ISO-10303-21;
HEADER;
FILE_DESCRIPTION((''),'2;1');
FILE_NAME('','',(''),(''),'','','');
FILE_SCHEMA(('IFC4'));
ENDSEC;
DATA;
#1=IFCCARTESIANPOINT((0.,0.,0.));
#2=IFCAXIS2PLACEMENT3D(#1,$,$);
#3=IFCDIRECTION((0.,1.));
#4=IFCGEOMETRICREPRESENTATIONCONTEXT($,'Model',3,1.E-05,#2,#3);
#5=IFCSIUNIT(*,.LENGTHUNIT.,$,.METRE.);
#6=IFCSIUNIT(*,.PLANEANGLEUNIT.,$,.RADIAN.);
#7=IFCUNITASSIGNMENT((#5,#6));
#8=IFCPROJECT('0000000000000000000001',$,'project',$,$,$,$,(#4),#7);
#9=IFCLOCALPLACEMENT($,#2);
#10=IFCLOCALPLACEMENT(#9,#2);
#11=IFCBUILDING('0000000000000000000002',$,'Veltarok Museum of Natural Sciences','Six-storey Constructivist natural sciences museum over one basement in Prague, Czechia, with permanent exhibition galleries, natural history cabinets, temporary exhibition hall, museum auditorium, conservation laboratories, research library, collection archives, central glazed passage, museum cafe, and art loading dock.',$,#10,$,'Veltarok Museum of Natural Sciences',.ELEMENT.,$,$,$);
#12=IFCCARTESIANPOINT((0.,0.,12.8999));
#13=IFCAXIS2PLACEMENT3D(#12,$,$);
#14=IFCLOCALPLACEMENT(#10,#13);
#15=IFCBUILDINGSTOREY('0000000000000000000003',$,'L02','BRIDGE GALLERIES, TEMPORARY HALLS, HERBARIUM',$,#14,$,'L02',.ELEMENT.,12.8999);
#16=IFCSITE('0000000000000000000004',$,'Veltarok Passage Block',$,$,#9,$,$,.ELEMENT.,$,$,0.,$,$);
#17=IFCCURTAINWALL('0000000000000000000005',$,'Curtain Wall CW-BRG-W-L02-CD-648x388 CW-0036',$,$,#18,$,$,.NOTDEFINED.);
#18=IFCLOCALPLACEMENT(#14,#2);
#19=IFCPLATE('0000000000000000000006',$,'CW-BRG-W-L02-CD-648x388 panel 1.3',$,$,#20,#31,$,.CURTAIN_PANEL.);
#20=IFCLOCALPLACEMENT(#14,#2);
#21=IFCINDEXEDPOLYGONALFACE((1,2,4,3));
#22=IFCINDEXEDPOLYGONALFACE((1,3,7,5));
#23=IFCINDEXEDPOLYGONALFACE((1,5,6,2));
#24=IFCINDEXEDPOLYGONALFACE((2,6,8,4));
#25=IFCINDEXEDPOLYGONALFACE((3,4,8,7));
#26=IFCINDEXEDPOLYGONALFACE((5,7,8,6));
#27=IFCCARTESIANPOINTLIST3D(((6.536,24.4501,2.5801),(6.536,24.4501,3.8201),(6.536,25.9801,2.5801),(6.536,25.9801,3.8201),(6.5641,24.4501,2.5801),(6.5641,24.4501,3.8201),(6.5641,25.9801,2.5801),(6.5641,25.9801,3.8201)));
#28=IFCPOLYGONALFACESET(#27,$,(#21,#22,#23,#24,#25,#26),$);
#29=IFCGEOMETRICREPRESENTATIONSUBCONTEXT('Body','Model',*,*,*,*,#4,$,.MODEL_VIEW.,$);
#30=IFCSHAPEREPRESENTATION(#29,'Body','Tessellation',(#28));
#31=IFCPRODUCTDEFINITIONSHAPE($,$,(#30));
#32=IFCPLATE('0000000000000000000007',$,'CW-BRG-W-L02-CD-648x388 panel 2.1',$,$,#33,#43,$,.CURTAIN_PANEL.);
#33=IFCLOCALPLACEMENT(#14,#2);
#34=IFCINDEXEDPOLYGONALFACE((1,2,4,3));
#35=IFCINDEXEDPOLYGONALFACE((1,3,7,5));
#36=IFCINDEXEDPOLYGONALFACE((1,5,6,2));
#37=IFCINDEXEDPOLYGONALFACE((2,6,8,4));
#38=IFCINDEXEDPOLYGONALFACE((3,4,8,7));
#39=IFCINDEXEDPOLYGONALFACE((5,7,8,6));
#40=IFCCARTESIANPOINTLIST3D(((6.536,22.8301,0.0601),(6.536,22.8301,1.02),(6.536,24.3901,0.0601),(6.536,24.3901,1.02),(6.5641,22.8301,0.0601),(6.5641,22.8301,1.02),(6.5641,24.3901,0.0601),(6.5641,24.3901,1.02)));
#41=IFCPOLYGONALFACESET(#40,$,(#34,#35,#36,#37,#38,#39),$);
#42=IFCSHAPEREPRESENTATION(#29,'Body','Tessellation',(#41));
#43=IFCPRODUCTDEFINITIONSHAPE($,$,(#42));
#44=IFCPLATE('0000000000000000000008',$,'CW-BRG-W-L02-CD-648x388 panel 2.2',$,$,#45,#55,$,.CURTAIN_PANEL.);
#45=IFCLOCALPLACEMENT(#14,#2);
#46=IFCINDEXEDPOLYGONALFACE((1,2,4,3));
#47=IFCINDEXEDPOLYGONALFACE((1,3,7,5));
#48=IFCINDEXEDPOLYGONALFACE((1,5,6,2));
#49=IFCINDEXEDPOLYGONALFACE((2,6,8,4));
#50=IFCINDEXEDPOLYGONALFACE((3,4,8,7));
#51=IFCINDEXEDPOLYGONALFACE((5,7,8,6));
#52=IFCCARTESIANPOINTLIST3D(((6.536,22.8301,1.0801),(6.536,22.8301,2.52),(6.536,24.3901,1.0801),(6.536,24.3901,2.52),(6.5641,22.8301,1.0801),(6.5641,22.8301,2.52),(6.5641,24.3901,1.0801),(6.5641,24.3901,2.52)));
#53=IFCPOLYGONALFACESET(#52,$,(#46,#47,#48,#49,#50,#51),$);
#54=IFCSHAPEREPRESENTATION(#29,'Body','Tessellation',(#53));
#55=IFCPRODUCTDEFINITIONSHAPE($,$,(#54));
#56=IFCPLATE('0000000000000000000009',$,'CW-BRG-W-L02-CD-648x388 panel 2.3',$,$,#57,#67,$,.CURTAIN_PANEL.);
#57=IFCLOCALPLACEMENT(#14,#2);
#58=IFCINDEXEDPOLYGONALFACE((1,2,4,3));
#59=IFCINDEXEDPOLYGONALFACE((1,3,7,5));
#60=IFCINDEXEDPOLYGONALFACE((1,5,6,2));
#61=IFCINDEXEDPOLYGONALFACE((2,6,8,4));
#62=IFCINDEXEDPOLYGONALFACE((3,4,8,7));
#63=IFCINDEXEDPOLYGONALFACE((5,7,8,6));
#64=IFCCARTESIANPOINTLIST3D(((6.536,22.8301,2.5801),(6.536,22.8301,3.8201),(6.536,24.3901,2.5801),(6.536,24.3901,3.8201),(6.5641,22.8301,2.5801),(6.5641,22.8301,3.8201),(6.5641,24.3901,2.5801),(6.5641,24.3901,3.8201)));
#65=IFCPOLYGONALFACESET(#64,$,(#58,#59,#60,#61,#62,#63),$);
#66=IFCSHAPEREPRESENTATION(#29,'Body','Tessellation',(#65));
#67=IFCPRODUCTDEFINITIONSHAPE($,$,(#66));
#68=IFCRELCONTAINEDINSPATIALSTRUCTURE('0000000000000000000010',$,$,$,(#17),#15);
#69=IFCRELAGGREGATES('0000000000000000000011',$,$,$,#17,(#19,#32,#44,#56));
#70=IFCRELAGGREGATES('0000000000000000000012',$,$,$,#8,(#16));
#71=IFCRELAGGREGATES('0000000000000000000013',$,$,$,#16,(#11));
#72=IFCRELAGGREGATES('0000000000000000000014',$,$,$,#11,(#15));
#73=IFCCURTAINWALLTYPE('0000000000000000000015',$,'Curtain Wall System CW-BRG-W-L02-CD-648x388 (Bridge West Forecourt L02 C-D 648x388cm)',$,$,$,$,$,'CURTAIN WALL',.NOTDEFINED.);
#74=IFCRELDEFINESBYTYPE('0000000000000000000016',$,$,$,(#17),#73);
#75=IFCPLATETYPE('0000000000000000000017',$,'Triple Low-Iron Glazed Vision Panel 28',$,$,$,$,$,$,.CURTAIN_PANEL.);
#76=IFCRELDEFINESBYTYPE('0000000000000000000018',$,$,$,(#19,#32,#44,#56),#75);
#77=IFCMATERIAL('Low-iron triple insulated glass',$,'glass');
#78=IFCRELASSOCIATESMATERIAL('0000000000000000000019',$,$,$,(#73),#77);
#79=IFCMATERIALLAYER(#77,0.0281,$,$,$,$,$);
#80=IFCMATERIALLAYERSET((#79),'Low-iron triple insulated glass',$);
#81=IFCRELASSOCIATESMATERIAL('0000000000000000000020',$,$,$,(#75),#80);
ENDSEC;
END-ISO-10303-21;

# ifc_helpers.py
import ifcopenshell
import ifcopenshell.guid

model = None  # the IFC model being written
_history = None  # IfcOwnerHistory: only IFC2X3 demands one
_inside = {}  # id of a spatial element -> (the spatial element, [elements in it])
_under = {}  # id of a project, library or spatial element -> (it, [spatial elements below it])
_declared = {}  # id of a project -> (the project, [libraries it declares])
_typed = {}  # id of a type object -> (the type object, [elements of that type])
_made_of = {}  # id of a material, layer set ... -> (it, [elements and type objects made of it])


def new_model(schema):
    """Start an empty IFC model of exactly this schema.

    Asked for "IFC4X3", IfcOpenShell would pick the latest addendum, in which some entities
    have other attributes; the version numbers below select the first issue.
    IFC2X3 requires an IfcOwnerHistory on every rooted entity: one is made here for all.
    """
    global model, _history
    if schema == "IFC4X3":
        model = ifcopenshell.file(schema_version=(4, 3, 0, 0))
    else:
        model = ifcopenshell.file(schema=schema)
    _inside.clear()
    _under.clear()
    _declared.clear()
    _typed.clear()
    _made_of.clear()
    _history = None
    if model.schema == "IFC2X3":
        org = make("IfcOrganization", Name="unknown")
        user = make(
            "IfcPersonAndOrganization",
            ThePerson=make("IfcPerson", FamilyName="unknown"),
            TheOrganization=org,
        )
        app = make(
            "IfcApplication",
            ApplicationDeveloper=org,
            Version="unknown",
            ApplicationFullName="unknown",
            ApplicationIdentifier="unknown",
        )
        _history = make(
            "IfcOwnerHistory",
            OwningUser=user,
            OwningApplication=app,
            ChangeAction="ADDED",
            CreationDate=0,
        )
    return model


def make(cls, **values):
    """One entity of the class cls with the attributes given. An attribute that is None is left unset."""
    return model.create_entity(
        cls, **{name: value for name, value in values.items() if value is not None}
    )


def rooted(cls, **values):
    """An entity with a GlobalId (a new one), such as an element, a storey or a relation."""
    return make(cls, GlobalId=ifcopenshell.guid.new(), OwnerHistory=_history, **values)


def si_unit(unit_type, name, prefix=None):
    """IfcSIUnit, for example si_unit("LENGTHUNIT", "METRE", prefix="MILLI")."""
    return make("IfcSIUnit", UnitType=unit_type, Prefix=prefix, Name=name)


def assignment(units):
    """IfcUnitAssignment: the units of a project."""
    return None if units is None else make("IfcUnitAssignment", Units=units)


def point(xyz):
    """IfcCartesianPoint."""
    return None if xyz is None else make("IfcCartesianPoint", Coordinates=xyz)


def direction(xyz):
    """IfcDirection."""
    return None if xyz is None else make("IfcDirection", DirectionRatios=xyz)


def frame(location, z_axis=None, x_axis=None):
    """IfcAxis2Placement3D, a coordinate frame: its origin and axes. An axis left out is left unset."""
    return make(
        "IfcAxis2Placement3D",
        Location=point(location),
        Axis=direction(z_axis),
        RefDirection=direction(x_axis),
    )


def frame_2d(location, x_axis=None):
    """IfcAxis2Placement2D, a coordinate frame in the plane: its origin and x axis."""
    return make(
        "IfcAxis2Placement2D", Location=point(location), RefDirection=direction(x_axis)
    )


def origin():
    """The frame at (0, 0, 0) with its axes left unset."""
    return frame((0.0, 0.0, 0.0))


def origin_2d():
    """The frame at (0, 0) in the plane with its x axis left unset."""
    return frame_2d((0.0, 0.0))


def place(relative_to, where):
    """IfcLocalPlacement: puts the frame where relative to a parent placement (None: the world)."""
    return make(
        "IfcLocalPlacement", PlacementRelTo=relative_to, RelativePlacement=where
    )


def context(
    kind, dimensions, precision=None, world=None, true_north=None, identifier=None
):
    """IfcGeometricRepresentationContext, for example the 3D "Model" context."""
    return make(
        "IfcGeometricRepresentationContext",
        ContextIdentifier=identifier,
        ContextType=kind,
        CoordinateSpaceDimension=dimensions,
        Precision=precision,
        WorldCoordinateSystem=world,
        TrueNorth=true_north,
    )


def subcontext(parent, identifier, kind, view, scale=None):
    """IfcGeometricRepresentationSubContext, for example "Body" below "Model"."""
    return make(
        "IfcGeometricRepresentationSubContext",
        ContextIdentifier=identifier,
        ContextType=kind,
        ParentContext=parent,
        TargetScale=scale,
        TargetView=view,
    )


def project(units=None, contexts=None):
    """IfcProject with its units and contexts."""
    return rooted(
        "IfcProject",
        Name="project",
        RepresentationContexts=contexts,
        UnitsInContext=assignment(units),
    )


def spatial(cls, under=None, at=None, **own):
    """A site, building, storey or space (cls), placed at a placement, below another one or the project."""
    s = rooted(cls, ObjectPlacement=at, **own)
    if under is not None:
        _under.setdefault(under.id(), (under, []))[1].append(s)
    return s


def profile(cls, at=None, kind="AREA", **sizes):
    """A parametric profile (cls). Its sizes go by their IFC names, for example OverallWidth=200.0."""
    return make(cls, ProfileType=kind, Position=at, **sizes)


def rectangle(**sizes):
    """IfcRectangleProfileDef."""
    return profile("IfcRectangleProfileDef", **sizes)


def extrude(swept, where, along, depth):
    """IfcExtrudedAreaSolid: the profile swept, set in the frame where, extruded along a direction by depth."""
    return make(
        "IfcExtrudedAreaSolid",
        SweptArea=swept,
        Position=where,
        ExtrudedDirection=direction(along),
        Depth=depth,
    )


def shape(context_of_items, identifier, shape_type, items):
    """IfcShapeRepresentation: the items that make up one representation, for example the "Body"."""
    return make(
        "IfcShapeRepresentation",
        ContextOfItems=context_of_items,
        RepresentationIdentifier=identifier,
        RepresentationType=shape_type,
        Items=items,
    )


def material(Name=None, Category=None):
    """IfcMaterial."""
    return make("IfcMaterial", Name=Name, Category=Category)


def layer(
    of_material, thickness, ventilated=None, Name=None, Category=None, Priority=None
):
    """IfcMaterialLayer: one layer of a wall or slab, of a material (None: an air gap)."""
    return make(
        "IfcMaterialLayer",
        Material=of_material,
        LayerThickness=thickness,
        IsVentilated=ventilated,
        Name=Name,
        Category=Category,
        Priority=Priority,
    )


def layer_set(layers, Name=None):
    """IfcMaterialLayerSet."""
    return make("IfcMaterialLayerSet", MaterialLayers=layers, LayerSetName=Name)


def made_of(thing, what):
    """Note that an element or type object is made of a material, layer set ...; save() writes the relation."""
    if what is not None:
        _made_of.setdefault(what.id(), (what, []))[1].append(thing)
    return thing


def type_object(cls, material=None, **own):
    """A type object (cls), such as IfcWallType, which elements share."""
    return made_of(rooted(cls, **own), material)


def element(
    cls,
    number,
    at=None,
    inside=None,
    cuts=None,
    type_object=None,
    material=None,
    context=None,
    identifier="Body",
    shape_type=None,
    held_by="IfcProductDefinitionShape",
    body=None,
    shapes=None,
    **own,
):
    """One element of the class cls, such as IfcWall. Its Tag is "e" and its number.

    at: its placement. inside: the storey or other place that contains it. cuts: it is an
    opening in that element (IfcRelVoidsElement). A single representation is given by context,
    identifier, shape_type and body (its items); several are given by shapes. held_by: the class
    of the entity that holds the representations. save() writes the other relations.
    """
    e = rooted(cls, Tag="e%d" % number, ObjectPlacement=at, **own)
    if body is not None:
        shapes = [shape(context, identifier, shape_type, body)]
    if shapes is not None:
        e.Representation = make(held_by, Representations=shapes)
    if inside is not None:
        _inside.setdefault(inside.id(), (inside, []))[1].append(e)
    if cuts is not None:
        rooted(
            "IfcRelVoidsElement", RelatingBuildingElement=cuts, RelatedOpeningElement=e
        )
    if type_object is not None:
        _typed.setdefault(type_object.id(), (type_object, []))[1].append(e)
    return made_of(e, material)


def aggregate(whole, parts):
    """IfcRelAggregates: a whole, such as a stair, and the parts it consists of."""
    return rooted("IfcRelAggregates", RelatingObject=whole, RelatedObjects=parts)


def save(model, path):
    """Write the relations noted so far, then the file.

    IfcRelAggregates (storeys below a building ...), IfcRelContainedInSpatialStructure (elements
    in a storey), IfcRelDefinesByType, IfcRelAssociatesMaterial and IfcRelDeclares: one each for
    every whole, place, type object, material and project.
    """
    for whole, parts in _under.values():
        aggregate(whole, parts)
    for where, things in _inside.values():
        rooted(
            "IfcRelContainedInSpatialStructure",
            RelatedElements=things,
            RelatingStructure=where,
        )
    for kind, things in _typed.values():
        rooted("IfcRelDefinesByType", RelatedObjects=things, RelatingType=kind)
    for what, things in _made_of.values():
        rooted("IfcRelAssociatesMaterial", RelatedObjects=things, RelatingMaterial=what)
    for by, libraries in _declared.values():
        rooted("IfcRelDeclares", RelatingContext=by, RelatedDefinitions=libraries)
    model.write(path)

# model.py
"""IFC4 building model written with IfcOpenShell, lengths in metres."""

from ifc_helpers import new_model, si_unit, direction, frame, origin, origin_2d, place, context, subcontext, project, spatial, rectangle, extrude, material, layer, layer_set, type_object, element, aggregate, save


model = new_model("IFC4")

# Units and contexts
model_context = context("Model", 3, precision=1e-05, world=origin(), true_north=direction((0.0, 1.0)))
body_context = subcontext(model_context, "Body", "Model", "MODEL_VIEW")
ifc_project = project(units=[si_unit("LENGTHUNIT", "METRE"), si_unit("PLANEANGLEUNIT", "RADIAN")], contexts=[model_context])

# Site, building, storey
site_placement = place(None, origin())
site = spatial("IfcSite", under=ifc_project, at=site_placement, Name="Veltarok Passage Block", CompositionType="ELEMENT", RefElevation=0.0)
building_placement = place(site_placement, origin())
building = spatial("IfcBuilding", under=site, at=building_placement, Name="Veltarok Museum of Natural Sciences", Description="Six-storey Constructivist natural sciences museum over one basement in Prague, Czechia, with permanent exhibition galleries, natural history cabinets, temporary exhibition hall, museum auditorium, conservation laboratories, research library, collection archives, central glazed passage, museum cafe, and art loading dock.", LongName="Veltarok Museum of Natural Sciences", CompositionType="ELEMENT")
storey_placement = place(building_placement, frame((0.0, 0.0, 12.8999)))
storey = spatial("IfcBuildingStorey", under=building, at=storey_placement, Name="L02", Description="BRIDGE GALLERIES, TEMPORARY HALLS, HERBARIUM", LongName="L02", CompositionType="ELEMENT", Elevation=12.8999)

# Curtain wall
ifc_material_1 = material(Name="Low-iron triple insulated glass", Category="glass")
curtain_wall_type_1 = type_object("IfcCurtainWallType", Name="Curtain Wall System CW-BRG-W-L02-CD-648x388 (Bridge West Forecourt L02 C-D 648x388cm)", ElementType="CURTAIN WALL", PredefinedType="NOTDEFINED", material=ifc_material_1)
curtain_wall_1_placement = place(storey_placement, origin())
curtain_wall_1 = element("IfcCurtainWall", 1, at=curtain_wall_1_placement, inside=storey, type_object=curtain_wall_type_1, Name="Curtain Wall CW-BRG-W-L02-CD-648x388 CW-0036", PredefinedType="NOTDEFINED")

# Plates
ifc_layer_1 = layer(ifc_material_1, 0.0281)
ifc_layer_set_1 = layer_set([ifc_layer_1], Name="Low-iron triple insulated glass")
plate_type_1 = type_object("IfcPlateType", Name="Triple Low-Iron Glazed Vision Panel 28", PredefinedType="CURTAIN_PANEL", material=ifc_layer_set_1)
plate_1_placement = place(storey_placement, frame((6.55, 25.2151, 2.5801), z_axis=(0.0, 0.0, 1.0), x_axis=(0.0, -1.0, 0.0)))
plate_1 = element("IfcPlate", 2, at=plate_1_placement, type_object=plate_type_1, Name="CW-BRG-W-L02-CD-648x388 panel 1.3", PredefinedType="CURTAIN_PANEL", context=body_context, shape_type="SweptSolid", body=[
    extrude(rectangle(XDim=1.53, YDim=0.0281, at=origin_2d()), origin(), (0.0, 0.0, 1.0), 1.24),
])
plate_2_placement = place(storey_placement, frame((6.55, 23.6101, 0.0601), z_axis=(0.0, 0.0, 1.0), x_axis=(0.0, -1.0, 0.0)))
plate_2 = element("IfcPlate", 3, at=plate_2_placement, type_object=plate_type_1, Name="CW-BRG-W-L02-CD-648x388 panel 2.1", PredefinedType="CURTAIN_PANEL", context=body_context, shape_type="SweptSolid", body=[
    extrude(rectangle(XDim=1.5601, YDim=0.0281, at=origin_2d()), origin(), (0.0, 0.0, 1.0), 0.96),
])
plate_3_placement = place(storey_placement, frame((6.55, 23.6101, 1.0801), z_axis=(0.0, 0.0, 1.0), x_axis=(0.0, -1.0, 0.0)))
plate_3 = element("IfcPlate", 4, at=plate_3_placement, type_object=plate_type_1, Name="CW-BRG-W-L02-CD-648x388 panel 2.2", PredefinedType="CURTAIN_PANEL", context=body_context, shape_type="SweptSolid", body=[
    extrude(rectangle(XDim=1.5601, YDim=0.0281, at=origin_2d()), origin(), (0.0, 0.0, 1.0), 1.4399),
])
plate_4_placement = place(storey_placement, frame((6.55, 23.6101, 2.5801), z_axis=(0.0, 0.0, 1.0), x_axis=(0.0, -1.0, 0.0)))
plate_4 = element("IfcPlate", 5, at=plate_4_placement, type_object=plate_type_1, Name="CW-BRG-W-L02-CD-648x388 panel 2.3", PredefinedType="CURTAIN_PANEL", context=body_context, shape_type="SweptSolid", body=[
    extrude(rectangle(XDim=1.5601, YDim=0.0281, at=origin_2d()), origin(), (0.0, 0.0, 1.0), 1.24),
])
aggregate(curtain_wall_1, [plate_1, plate_2, plate_3, plate_4])

save(model, "model.ifc")
